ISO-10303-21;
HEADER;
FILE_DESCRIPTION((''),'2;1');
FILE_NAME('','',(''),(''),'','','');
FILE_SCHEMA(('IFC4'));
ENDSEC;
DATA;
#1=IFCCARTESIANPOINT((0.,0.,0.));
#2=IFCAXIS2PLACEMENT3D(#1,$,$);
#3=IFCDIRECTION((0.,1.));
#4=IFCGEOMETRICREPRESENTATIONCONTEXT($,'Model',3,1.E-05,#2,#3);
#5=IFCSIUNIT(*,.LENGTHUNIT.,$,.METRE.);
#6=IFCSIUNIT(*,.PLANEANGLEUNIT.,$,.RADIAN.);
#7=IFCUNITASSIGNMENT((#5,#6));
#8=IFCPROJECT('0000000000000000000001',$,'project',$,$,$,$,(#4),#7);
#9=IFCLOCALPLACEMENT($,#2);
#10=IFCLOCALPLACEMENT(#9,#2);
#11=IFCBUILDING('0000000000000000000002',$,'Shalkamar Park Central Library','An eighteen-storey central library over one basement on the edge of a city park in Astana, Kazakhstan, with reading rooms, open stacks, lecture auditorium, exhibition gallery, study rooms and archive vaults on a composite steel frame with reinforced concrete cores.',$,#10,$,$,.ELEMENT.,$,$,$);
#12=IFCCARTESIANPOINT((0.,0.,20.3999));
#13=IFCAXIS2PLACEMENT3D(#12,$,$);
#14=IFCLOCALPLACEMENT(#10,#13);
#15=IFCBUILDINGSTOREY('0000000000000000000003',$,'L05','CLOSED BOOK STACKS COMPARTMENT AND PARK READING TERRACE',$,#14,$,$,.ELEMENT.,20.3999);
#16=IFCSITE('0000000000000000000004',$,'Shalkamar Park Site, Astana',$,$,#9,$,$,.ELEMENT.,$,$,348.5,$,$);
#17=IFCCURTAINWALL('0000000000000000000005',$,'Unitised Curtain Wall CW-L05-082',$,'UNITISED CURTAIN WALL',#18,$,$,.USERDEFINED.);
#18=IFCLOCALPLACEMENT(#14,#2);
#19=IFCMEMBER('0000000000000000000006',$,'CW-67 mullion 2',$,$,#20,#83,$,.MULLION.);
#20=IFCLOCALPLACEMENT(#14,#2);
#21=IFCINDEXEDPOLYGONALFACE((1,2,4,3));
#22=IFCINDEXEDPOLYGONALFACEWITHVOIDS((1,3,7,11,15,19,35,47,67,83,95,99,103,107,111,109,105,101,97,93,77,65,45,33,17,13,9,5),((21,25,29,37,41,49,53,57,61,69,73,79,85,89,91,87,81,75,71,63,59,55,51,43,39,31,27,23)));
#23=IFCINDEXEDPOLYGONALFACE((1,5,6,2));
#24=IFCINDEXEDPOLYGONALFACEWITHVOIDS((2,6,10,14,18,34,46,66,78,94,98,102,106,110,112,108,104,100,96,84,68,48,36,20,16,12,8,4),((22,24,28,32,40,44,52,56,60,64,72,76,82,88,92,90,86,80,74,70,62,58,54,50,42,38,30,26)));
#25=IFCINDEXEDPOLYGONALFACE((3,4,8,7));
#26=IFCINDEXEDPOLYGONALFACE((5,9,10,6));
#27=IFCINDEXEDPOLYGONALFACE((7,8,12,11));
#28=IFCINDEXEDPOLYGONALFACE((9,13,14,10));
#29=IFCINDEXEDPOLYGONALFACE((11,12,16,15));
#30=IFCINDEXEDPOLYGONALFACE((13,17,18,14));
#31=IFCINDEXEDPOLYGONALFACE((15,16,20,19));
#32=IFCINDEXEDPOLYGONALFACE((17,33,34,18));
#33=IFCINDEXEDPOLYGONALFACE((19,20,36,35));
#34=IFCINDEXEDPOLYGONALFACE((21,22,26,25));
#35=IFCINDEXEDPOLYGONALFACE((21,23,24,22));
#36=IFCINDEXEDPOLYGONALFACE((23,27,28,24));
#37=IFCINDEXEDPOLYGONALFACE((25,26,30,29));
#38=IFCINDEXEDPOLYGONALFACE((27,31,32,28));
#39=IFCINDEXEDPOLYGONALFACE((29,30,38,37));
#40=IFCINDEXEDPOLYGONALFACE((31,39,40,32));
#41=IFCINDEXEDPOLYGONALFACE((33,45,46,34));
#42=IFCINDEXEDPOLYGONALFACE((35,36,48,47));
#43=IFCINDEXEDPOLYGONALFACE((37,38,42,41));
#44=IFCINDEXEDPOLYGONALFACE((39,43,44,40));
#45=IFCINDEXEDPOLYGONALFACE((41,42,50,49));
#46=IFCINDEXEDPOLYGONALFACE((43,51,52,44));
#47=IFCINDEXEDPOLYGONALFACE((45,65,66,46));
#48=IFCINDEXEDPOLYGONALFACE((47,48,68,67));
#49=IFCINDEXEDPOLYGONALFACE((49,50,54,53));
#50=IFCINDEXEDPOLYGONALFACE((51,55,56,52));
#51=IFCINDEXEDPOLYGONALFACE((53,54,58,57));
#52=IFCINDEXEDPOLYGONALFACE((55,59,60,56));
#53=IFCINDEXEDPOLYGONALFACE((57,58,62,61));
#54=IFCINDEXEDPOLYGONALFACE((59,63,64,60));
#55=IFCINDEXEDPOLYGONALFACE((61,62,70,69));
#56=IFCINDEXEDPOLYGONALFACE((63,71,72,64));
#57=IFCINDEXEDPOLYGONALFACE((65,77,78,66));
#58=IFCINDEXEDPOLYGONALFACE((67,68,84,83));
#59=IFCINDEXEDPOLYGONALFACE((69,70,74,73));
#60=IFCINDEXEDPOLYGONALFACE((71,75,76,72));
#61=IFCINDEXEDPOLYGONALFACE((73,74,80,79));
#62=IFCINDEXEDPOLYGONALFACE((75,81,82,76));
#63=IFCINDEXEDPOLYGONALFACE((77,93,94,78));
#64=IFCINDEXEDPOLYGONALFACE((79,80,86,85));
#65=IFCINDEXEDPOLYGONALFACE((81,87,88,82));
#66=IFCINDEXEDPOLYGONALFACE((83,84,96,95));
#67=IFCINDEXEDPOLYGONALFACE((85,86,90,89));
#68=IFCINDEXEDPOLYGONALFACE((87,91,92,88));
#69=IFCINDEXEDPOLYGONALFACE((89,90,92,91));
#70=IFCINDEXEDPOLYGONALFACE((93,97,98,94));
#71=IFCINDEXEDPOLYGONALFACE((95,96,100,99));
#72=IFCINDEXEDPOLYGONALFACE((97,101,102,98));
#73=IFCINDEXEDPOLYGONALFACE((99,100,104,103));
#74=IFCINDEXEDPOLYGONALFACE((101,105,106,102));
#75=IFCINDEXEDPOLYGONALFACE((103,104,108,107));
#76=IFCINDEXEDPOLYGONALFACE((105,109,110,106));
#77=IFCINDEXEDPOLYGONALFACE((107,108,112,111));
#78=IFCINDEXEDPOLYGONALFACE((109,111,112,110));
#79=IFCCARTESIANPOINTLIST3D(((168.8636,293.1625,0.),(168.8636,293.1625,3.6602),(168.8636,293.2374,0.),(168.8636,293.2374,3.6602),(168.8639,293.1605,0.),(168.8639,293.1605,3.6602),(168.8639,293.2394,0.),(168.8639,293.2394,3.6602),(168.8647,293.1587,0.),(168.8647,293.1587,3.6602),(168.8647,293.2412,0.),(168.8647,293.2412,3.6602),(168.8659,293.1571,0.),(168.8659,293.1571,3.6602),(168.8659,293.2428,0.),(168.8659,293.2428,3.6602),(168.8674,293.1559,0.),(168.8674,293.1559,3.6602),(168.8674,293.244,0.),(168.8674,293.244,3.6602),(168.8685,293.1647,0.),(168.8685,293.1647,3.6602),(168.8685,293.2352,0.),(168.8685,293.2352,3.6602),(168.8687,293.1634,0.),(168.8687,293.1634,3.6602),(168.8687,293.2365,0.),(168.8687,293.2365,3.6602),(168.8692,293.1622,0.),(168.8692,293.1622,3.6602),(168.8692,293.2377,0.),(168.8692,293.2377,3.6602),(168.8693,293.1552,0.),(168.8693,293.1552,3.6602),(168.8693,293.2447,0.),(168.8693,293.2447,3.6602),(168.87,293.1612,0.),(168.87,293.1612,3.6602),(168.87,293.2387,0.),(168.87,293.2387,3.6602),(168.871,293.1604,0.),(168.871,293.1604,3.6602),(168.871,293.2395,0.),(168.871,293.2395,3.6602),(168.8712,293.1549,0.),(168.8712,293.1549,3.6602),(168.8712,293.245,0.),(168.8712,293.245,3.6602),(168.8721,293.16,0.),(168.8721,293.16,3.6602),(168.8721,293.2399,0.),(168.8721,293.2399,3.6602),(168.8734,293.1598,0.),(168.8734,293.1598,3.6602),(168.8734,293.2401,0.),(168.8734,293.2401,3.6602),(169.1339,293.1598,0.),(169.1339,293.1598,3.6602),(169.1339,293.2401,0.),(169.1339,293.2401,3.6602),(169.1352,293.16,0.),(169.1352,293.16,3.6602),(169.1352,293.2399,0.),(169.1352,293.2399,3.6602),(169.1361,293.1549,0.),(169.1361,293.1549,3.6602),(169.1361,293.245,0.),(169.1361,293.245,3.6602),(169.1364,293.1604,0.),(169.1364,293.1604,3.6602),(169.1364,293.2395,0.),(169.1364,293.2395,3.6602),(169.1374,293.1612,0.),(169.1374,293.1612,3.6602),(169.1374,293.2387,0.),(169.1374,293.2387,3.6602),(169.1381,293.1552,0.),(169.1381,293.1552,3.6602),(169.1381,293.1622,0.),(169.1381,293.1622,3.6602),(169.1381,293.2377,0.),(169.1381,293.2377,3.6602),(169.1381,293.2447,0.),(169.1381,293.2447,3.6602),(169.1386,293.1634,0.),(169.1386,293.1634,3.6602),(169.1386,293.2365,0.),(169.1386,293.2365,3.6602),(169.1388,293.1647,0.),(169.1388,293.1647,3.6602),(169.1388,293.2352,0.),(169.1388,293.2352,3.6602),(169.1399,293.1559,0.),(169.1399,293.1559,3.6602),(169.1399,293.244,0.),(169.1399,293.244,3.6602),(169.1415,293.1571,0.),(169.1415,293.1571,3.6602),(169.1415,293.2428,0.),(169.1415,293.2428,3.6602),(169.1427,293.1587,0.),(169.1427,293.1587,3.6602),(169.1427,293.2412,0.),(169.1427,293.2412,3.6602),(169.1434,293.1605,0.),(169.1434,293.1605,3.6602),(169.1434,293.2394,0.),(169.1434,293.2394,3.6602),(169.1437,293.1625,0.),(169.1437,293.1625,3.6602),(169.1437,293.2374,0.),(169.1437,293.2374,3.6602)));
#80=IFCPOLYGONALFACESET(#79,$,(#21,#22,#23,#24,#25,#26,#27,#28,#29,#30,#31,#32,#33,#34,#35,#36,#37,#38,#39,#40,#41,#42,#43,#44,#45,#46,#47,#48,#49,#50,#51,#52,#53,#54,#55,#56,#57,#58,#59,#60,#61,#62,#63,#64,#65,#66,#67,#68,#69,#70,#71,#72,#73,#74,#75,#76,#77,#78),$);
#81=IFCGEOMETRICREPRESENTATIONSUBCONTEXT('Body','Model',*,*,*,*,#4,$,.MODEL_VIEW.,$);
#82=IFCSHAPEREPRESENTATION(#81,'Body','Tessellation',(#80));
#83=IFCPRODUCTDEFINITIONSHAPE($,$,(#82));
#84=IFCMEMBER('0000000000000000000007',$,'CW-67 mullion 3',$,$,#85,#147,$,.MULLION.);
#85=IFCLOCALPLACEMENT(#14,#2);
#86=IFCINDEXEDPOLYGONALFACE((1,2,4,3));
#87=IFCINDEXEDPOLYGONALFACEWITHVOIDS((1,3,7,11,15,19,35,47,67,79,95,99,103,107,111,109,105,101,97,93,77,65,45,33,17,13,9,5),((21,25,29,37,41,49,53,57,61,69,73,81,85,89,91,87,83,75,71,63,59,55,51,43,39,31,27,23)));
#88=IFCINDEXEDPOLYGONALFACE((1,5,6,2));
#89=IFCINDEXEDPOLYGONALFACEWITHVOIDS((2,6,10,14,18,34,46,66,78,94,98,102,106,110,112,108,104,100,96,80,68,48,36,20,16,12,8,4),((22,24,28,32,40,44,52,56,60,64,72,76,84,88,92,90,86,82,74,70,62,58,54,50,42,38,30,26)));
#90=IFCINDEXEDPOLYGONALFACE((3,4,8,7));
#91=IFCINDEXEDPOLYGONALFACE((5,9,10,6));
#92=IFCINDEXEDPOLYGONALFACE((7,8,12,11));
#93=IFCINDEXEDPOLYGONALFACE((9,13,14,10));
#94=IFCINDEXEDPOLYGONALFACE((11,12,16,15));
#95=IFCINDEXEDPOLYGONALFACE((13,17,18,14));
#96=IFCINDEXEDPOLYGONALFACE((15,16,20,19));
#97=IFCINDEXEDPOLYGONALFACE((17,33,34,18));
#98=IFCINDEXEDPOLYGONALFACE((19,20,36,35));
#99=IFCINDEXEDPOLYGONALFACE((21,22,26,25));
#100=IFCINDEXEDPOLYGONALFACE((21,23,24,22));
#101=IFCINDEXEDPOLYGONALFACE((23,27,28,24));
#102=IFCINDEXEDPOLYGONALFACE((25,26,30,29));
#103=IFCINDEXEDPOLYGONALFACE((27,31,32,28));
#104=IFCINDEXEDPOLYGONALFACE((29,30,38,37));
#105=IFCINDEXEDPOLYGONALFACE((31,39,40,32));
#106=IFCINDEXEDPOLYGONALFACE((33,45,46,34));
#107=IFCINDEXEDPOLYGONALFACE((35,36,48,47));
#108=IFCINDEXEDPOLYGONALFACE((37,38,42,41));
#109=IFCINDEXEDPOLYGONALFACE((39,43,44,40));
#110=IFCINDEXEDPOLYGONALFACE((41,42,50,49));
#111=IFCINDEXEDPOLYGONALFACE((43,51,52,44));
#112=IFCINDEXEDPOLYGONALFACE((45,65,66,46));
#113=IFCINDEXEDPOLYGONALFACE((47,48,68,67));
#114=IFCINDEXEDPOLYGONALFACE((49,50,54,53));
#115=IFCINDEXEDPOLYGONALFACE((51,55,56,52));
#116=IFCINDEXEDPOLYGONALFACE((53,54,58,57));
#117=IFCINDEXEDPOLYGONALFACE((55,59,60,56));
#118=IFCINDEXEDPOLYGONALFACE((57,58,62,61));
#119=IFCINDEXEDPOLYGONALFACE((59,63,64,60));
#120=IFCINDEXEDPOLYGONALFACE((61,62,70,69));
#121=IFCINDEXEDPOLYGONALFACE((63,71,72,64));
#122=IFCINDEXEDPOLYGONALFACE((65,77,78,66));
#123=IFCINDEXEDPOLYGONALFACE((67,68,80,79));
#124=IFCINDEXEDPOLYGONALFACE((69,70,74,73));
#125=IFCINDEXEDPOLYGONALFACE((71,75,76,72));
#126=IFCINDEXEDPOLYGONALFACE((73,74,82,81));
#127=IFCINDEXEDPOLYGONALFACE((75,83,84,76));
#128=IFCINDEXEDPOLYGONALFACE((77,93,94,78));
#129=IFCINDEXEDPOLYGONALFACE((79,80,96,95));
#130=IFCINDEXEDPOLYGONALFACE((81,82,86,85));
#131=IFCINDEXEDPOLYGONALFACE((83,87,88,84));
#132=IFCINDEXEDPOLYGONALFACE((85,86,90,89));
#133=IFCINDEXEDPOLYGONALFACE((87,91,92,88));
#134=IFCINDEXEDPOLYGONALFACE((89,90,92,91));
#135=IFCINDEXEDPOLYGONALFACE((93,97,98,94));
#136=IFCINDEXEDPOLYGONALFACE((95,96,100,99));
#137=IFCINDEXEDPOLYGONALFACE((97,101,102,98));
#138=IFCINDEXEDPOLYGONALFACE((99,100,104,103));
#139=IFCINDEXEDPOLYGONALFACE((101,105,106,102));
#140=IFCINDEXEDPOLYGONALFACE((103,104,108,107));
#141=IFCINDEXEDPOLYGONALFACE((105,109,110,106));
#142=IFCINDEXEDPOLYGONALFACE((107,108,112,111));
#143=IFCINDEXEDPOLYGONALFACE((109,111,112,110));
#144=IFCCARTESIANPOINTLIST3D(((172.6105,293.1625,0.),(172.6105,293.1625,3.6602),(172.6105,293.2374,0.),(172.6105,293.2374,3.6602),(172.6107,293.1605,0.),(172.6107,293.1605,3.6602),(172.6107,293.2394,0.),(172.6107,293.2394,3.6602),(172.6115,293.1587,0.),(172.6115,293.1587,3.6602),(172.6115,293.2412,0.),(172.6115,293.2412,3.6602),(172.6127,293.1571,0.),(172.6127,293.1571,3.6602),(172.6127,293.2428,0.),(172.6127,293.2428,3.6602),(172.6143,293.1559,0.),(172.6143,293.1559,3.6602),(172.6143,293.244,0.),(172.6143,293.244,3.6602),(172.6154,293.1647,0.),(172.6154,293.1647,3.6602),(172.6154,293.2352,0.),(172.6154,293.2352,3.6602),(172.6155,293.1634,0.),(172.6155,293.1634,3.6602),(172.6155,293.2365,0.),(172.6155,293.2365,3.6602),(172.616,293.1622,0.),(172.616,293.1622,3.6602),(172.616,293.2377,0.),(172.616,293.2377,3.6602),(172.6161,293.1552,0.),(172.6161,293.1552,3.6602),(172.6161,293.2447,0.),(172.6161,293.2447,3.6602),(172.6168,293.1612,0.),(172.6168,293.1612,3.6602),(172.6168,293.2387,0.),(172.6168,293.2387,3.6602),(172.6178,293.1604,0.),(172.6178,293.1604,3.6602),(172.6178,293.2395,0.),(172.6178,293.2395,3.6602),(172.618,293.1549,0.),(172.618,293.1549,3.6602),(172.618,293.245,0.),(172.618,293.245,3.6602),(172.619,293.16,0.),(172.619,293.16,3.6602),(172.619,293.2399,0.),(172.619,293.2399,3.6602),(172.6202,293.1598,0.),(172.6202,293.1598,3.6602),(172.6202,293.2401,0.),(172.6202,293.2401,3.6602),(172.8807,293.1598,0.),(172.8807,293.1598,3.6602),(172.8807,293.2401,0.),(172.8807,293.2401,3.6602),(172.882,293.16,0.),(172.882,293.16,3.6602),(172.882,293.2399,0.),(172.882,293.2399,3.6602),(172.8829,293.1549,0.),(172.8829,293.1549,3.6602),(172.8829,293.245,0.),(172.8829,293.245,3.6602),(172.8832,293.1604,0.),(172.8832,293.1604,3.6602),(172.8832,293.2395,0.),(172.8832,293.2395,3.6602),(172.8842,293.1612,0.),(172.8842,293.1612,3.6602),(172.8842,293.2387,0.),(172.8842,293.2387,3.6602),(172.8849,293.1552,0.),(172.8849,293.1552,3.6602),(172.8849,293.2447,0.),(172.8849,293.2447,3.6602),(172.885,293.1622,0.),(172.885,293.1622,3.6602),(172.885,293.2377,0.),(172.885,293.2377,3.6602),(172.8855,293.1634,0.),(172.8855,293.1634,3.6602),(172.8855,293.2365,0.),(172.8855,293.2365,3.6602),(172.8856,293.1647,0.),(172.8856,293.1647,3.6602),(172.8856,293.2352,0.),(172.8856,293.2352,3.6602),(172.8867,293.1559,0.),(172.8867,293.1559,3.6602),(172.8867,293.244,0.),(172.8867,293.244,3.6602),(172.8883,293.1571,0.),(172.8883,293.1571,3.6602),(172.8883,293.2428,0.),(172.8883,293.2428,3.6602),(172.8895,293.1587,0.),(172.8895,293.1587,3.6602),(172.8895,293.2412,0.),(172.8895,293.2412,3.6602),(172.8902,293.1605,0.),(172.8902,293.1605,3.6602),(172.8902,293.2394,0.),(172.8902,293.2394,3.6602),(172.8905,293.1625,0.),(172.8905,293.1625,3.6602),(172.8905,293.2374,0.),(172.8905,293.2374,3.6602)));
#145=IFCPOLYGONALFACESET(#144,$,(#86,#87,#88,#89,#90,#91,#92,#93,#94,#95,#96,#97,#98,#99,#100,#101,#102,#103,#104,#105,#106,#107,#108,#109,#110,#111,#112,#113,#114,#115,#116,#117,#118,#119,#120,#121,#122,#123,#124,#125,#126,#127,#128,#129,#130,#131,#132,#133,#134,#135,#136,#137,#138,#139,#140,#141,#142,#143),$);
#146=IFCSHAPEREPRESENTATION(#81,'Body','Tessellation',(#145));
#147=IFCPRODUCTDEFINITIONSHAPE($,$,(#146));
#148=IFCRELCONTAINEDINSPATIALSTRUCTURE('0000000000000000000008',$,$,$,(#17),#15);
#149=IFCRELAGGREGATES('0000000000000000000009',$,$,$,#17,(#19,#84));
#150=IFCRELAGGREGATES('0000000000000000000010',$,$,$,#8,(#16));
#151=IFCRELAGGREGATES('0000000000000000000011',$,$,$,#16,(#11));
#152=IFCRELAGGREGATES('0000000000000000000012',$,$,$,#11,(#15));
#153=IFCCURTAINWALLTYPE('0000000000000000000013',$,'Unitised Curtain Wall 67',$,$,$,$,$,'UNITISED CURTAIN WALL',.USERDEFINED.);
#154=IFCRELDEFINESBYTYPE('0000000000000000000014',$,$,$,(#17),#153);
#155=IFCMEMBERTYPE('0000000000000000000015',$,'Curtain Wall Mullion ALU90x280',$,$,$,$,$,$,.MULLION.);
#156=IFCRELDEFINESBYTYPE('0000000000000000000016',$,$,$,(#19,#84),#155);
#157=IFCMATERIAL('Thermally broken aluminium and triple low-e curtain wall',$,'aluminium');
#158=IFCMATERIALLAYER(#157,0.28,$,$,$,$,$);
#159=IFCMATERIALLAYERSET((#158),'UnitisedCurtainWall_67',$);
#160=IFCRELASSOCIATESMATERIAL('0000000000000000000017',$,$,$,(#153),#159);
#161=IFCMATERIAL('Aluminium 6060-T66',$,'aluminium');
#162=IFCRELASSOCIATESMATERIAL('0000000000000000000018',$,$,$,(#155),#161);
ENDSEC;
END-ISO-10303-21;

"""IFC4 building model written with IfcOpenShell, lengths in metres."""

from ifc_helpers import new_model, si_unit, direction, frame, origin, origin_2d, place, context, subcontext, project, spatial, hollow_rectangle, extrude, material, layer, layer_set, material_profile, profile_set, type_object, element, aggregate, save


model = new_model("IFC4")

# Units and contexts
model_context = context("Model", 3, precision=1e-05, world=origin(), true_north=direction((0.0, 1.0)))
body_context = subcontext(model_context, "Body", "Model", "MODEL_VIEW")
ifc_project = project(units=[si_unit("LENGTHUNIT", "METRE"), si_unit("PLANEANGLEUNIT", "RADIAN")], contexts=[model_context])

# Site, building, storey
site_placement = place(None, origin())
site = spatial("IfcSite", under=ifc_project, at=site_placement, Name="Shalkamar Park Site, Astana", CompositionType="ELEMENT", RefElevation=348.5)
building_placement = place(site_placement, origin())
building = spatial("IfcBuilding", under=site, at=building_placement, Name="Shalkamar Park Central Library", Description="An eighteen-storey central library over one basement on the edge of a city park in Astana, Kazakhstan, with reading rooms, open stacks, lecture auditorium, exhibition gallery, study rooms and archive vaults on a composite steel frame with reinforced concrete cores.", CompositionType="ELEMENT")
storey_placement = place(building_placement, frame((0.0, 0.0, 20.3999)))
storey = spatial("IfcBuildingStorey", under=building, at=storey_placement, Name="L05", Description="CLOSED BOOK STACKS COMPARTMENT AND PARK READING TERRACE", CompositionType="ELEMENT", Elevation=20.3999)

# Curtain wall, members
ifc_material_1 = material(Name="Thermally broken aluminium and triple low-e curtain wall", Category="aluminium")
ifc_material_2 = material(Name="Aluminium 6060-T66", Category="aluminium")
ifc_layer_1 = layer(ifc_material_1, 0.28)
ifc_layer_set_1 = layer_set([ifc_layer_1], Name="UnitisedCurtainWall_67")
curtain_wall_type_1 = type_object("IfcCurtainWallType", Name="Unitised Curtain Wall 67", ElementType="UNITISED CURTAIN WALL", PredefinedType="USERDEFINED", material=ifc_layer_set_1)
curtain_wall_1_placement = place(storey_placement, origin())
curtain_wall_1 = element("IfcCurtainWall", 1, at=curtain_wall_1_placement, inside=storey, type_object=curtain_wall_type_1, Name="Unitised Curtain Wall CW-L05-082", ObjectType="UNITISED CURTAIN WALL", PredefinedType="USERDEFINED")
ifc_material_profile_1 = material_profile(ifc_material_2, hollow_rectangle(XDim=0.0901, YDim=0.28, WallThickness=0.0049, InnerFilletRadius=0.0049, OuterFilletRadius=0.0076, at=origin_2d()), Name="ALU 90x280x5")
ifc_profile_set_1 = profile_set([ifc_material_profile_1], Name="Aluminium 6060-T66")
member_type_1 = type_object("IfcMemberType", Name="Curtain Wall Mullion ALU90x280", PredefinedType="MULLION", material=ifc_profile_set_1)
member_1_placement = place(storey_placement, frame((169.0037, 293.2, 0.0), z_axis=(0.0, 0.0, 1.0), x_axis=(0.0, 1.0, 0.0)))
member_1 = element("IfcMember", 2, at=member_1_placement, type_object=member_type_1, Name="CW-67 mullion 2", PredefinedType="MULLION", context=body_context, shape_type="SweptSolid", body=[
    extrude(hollow_rectangle(XDim=0.0901, YDim=0.28, WallThickness=0.0049, InnerFilletRadius=0.0049, OuterFilletRadius=0.0076, at=origin_2d()), origin(), (0.0, 0.0, 1.0), 3.6602),
])
member_2_placement = place(storey_placement, frame((172.7505, 293.2, 0.0), z_axis=(0.0, 0.0, 1.0), x_axis=(0.0, 1.0, 0.0)))
member_2 = element("IfcMember", 3, at=member_2_placement, type_object=member_type_1, Name="CW-67 mullion 3", PredefinedType="MULLION", context=body_context, shape_type="SweptSolid", body=[
    extrude(hollow_rectangle(XDim=0.0901, YDim=0.28, WallThickness=0.0049, InnerFilletRadius=0.0049, OuterFilletRadius=0.0076, at=origin_2d()), origin(), (0.0, 0.0, 1.0), 3.6602),
])

aggregate(curtain_wall_1, [member_1, member_2])

save(model, "model.ifc")
